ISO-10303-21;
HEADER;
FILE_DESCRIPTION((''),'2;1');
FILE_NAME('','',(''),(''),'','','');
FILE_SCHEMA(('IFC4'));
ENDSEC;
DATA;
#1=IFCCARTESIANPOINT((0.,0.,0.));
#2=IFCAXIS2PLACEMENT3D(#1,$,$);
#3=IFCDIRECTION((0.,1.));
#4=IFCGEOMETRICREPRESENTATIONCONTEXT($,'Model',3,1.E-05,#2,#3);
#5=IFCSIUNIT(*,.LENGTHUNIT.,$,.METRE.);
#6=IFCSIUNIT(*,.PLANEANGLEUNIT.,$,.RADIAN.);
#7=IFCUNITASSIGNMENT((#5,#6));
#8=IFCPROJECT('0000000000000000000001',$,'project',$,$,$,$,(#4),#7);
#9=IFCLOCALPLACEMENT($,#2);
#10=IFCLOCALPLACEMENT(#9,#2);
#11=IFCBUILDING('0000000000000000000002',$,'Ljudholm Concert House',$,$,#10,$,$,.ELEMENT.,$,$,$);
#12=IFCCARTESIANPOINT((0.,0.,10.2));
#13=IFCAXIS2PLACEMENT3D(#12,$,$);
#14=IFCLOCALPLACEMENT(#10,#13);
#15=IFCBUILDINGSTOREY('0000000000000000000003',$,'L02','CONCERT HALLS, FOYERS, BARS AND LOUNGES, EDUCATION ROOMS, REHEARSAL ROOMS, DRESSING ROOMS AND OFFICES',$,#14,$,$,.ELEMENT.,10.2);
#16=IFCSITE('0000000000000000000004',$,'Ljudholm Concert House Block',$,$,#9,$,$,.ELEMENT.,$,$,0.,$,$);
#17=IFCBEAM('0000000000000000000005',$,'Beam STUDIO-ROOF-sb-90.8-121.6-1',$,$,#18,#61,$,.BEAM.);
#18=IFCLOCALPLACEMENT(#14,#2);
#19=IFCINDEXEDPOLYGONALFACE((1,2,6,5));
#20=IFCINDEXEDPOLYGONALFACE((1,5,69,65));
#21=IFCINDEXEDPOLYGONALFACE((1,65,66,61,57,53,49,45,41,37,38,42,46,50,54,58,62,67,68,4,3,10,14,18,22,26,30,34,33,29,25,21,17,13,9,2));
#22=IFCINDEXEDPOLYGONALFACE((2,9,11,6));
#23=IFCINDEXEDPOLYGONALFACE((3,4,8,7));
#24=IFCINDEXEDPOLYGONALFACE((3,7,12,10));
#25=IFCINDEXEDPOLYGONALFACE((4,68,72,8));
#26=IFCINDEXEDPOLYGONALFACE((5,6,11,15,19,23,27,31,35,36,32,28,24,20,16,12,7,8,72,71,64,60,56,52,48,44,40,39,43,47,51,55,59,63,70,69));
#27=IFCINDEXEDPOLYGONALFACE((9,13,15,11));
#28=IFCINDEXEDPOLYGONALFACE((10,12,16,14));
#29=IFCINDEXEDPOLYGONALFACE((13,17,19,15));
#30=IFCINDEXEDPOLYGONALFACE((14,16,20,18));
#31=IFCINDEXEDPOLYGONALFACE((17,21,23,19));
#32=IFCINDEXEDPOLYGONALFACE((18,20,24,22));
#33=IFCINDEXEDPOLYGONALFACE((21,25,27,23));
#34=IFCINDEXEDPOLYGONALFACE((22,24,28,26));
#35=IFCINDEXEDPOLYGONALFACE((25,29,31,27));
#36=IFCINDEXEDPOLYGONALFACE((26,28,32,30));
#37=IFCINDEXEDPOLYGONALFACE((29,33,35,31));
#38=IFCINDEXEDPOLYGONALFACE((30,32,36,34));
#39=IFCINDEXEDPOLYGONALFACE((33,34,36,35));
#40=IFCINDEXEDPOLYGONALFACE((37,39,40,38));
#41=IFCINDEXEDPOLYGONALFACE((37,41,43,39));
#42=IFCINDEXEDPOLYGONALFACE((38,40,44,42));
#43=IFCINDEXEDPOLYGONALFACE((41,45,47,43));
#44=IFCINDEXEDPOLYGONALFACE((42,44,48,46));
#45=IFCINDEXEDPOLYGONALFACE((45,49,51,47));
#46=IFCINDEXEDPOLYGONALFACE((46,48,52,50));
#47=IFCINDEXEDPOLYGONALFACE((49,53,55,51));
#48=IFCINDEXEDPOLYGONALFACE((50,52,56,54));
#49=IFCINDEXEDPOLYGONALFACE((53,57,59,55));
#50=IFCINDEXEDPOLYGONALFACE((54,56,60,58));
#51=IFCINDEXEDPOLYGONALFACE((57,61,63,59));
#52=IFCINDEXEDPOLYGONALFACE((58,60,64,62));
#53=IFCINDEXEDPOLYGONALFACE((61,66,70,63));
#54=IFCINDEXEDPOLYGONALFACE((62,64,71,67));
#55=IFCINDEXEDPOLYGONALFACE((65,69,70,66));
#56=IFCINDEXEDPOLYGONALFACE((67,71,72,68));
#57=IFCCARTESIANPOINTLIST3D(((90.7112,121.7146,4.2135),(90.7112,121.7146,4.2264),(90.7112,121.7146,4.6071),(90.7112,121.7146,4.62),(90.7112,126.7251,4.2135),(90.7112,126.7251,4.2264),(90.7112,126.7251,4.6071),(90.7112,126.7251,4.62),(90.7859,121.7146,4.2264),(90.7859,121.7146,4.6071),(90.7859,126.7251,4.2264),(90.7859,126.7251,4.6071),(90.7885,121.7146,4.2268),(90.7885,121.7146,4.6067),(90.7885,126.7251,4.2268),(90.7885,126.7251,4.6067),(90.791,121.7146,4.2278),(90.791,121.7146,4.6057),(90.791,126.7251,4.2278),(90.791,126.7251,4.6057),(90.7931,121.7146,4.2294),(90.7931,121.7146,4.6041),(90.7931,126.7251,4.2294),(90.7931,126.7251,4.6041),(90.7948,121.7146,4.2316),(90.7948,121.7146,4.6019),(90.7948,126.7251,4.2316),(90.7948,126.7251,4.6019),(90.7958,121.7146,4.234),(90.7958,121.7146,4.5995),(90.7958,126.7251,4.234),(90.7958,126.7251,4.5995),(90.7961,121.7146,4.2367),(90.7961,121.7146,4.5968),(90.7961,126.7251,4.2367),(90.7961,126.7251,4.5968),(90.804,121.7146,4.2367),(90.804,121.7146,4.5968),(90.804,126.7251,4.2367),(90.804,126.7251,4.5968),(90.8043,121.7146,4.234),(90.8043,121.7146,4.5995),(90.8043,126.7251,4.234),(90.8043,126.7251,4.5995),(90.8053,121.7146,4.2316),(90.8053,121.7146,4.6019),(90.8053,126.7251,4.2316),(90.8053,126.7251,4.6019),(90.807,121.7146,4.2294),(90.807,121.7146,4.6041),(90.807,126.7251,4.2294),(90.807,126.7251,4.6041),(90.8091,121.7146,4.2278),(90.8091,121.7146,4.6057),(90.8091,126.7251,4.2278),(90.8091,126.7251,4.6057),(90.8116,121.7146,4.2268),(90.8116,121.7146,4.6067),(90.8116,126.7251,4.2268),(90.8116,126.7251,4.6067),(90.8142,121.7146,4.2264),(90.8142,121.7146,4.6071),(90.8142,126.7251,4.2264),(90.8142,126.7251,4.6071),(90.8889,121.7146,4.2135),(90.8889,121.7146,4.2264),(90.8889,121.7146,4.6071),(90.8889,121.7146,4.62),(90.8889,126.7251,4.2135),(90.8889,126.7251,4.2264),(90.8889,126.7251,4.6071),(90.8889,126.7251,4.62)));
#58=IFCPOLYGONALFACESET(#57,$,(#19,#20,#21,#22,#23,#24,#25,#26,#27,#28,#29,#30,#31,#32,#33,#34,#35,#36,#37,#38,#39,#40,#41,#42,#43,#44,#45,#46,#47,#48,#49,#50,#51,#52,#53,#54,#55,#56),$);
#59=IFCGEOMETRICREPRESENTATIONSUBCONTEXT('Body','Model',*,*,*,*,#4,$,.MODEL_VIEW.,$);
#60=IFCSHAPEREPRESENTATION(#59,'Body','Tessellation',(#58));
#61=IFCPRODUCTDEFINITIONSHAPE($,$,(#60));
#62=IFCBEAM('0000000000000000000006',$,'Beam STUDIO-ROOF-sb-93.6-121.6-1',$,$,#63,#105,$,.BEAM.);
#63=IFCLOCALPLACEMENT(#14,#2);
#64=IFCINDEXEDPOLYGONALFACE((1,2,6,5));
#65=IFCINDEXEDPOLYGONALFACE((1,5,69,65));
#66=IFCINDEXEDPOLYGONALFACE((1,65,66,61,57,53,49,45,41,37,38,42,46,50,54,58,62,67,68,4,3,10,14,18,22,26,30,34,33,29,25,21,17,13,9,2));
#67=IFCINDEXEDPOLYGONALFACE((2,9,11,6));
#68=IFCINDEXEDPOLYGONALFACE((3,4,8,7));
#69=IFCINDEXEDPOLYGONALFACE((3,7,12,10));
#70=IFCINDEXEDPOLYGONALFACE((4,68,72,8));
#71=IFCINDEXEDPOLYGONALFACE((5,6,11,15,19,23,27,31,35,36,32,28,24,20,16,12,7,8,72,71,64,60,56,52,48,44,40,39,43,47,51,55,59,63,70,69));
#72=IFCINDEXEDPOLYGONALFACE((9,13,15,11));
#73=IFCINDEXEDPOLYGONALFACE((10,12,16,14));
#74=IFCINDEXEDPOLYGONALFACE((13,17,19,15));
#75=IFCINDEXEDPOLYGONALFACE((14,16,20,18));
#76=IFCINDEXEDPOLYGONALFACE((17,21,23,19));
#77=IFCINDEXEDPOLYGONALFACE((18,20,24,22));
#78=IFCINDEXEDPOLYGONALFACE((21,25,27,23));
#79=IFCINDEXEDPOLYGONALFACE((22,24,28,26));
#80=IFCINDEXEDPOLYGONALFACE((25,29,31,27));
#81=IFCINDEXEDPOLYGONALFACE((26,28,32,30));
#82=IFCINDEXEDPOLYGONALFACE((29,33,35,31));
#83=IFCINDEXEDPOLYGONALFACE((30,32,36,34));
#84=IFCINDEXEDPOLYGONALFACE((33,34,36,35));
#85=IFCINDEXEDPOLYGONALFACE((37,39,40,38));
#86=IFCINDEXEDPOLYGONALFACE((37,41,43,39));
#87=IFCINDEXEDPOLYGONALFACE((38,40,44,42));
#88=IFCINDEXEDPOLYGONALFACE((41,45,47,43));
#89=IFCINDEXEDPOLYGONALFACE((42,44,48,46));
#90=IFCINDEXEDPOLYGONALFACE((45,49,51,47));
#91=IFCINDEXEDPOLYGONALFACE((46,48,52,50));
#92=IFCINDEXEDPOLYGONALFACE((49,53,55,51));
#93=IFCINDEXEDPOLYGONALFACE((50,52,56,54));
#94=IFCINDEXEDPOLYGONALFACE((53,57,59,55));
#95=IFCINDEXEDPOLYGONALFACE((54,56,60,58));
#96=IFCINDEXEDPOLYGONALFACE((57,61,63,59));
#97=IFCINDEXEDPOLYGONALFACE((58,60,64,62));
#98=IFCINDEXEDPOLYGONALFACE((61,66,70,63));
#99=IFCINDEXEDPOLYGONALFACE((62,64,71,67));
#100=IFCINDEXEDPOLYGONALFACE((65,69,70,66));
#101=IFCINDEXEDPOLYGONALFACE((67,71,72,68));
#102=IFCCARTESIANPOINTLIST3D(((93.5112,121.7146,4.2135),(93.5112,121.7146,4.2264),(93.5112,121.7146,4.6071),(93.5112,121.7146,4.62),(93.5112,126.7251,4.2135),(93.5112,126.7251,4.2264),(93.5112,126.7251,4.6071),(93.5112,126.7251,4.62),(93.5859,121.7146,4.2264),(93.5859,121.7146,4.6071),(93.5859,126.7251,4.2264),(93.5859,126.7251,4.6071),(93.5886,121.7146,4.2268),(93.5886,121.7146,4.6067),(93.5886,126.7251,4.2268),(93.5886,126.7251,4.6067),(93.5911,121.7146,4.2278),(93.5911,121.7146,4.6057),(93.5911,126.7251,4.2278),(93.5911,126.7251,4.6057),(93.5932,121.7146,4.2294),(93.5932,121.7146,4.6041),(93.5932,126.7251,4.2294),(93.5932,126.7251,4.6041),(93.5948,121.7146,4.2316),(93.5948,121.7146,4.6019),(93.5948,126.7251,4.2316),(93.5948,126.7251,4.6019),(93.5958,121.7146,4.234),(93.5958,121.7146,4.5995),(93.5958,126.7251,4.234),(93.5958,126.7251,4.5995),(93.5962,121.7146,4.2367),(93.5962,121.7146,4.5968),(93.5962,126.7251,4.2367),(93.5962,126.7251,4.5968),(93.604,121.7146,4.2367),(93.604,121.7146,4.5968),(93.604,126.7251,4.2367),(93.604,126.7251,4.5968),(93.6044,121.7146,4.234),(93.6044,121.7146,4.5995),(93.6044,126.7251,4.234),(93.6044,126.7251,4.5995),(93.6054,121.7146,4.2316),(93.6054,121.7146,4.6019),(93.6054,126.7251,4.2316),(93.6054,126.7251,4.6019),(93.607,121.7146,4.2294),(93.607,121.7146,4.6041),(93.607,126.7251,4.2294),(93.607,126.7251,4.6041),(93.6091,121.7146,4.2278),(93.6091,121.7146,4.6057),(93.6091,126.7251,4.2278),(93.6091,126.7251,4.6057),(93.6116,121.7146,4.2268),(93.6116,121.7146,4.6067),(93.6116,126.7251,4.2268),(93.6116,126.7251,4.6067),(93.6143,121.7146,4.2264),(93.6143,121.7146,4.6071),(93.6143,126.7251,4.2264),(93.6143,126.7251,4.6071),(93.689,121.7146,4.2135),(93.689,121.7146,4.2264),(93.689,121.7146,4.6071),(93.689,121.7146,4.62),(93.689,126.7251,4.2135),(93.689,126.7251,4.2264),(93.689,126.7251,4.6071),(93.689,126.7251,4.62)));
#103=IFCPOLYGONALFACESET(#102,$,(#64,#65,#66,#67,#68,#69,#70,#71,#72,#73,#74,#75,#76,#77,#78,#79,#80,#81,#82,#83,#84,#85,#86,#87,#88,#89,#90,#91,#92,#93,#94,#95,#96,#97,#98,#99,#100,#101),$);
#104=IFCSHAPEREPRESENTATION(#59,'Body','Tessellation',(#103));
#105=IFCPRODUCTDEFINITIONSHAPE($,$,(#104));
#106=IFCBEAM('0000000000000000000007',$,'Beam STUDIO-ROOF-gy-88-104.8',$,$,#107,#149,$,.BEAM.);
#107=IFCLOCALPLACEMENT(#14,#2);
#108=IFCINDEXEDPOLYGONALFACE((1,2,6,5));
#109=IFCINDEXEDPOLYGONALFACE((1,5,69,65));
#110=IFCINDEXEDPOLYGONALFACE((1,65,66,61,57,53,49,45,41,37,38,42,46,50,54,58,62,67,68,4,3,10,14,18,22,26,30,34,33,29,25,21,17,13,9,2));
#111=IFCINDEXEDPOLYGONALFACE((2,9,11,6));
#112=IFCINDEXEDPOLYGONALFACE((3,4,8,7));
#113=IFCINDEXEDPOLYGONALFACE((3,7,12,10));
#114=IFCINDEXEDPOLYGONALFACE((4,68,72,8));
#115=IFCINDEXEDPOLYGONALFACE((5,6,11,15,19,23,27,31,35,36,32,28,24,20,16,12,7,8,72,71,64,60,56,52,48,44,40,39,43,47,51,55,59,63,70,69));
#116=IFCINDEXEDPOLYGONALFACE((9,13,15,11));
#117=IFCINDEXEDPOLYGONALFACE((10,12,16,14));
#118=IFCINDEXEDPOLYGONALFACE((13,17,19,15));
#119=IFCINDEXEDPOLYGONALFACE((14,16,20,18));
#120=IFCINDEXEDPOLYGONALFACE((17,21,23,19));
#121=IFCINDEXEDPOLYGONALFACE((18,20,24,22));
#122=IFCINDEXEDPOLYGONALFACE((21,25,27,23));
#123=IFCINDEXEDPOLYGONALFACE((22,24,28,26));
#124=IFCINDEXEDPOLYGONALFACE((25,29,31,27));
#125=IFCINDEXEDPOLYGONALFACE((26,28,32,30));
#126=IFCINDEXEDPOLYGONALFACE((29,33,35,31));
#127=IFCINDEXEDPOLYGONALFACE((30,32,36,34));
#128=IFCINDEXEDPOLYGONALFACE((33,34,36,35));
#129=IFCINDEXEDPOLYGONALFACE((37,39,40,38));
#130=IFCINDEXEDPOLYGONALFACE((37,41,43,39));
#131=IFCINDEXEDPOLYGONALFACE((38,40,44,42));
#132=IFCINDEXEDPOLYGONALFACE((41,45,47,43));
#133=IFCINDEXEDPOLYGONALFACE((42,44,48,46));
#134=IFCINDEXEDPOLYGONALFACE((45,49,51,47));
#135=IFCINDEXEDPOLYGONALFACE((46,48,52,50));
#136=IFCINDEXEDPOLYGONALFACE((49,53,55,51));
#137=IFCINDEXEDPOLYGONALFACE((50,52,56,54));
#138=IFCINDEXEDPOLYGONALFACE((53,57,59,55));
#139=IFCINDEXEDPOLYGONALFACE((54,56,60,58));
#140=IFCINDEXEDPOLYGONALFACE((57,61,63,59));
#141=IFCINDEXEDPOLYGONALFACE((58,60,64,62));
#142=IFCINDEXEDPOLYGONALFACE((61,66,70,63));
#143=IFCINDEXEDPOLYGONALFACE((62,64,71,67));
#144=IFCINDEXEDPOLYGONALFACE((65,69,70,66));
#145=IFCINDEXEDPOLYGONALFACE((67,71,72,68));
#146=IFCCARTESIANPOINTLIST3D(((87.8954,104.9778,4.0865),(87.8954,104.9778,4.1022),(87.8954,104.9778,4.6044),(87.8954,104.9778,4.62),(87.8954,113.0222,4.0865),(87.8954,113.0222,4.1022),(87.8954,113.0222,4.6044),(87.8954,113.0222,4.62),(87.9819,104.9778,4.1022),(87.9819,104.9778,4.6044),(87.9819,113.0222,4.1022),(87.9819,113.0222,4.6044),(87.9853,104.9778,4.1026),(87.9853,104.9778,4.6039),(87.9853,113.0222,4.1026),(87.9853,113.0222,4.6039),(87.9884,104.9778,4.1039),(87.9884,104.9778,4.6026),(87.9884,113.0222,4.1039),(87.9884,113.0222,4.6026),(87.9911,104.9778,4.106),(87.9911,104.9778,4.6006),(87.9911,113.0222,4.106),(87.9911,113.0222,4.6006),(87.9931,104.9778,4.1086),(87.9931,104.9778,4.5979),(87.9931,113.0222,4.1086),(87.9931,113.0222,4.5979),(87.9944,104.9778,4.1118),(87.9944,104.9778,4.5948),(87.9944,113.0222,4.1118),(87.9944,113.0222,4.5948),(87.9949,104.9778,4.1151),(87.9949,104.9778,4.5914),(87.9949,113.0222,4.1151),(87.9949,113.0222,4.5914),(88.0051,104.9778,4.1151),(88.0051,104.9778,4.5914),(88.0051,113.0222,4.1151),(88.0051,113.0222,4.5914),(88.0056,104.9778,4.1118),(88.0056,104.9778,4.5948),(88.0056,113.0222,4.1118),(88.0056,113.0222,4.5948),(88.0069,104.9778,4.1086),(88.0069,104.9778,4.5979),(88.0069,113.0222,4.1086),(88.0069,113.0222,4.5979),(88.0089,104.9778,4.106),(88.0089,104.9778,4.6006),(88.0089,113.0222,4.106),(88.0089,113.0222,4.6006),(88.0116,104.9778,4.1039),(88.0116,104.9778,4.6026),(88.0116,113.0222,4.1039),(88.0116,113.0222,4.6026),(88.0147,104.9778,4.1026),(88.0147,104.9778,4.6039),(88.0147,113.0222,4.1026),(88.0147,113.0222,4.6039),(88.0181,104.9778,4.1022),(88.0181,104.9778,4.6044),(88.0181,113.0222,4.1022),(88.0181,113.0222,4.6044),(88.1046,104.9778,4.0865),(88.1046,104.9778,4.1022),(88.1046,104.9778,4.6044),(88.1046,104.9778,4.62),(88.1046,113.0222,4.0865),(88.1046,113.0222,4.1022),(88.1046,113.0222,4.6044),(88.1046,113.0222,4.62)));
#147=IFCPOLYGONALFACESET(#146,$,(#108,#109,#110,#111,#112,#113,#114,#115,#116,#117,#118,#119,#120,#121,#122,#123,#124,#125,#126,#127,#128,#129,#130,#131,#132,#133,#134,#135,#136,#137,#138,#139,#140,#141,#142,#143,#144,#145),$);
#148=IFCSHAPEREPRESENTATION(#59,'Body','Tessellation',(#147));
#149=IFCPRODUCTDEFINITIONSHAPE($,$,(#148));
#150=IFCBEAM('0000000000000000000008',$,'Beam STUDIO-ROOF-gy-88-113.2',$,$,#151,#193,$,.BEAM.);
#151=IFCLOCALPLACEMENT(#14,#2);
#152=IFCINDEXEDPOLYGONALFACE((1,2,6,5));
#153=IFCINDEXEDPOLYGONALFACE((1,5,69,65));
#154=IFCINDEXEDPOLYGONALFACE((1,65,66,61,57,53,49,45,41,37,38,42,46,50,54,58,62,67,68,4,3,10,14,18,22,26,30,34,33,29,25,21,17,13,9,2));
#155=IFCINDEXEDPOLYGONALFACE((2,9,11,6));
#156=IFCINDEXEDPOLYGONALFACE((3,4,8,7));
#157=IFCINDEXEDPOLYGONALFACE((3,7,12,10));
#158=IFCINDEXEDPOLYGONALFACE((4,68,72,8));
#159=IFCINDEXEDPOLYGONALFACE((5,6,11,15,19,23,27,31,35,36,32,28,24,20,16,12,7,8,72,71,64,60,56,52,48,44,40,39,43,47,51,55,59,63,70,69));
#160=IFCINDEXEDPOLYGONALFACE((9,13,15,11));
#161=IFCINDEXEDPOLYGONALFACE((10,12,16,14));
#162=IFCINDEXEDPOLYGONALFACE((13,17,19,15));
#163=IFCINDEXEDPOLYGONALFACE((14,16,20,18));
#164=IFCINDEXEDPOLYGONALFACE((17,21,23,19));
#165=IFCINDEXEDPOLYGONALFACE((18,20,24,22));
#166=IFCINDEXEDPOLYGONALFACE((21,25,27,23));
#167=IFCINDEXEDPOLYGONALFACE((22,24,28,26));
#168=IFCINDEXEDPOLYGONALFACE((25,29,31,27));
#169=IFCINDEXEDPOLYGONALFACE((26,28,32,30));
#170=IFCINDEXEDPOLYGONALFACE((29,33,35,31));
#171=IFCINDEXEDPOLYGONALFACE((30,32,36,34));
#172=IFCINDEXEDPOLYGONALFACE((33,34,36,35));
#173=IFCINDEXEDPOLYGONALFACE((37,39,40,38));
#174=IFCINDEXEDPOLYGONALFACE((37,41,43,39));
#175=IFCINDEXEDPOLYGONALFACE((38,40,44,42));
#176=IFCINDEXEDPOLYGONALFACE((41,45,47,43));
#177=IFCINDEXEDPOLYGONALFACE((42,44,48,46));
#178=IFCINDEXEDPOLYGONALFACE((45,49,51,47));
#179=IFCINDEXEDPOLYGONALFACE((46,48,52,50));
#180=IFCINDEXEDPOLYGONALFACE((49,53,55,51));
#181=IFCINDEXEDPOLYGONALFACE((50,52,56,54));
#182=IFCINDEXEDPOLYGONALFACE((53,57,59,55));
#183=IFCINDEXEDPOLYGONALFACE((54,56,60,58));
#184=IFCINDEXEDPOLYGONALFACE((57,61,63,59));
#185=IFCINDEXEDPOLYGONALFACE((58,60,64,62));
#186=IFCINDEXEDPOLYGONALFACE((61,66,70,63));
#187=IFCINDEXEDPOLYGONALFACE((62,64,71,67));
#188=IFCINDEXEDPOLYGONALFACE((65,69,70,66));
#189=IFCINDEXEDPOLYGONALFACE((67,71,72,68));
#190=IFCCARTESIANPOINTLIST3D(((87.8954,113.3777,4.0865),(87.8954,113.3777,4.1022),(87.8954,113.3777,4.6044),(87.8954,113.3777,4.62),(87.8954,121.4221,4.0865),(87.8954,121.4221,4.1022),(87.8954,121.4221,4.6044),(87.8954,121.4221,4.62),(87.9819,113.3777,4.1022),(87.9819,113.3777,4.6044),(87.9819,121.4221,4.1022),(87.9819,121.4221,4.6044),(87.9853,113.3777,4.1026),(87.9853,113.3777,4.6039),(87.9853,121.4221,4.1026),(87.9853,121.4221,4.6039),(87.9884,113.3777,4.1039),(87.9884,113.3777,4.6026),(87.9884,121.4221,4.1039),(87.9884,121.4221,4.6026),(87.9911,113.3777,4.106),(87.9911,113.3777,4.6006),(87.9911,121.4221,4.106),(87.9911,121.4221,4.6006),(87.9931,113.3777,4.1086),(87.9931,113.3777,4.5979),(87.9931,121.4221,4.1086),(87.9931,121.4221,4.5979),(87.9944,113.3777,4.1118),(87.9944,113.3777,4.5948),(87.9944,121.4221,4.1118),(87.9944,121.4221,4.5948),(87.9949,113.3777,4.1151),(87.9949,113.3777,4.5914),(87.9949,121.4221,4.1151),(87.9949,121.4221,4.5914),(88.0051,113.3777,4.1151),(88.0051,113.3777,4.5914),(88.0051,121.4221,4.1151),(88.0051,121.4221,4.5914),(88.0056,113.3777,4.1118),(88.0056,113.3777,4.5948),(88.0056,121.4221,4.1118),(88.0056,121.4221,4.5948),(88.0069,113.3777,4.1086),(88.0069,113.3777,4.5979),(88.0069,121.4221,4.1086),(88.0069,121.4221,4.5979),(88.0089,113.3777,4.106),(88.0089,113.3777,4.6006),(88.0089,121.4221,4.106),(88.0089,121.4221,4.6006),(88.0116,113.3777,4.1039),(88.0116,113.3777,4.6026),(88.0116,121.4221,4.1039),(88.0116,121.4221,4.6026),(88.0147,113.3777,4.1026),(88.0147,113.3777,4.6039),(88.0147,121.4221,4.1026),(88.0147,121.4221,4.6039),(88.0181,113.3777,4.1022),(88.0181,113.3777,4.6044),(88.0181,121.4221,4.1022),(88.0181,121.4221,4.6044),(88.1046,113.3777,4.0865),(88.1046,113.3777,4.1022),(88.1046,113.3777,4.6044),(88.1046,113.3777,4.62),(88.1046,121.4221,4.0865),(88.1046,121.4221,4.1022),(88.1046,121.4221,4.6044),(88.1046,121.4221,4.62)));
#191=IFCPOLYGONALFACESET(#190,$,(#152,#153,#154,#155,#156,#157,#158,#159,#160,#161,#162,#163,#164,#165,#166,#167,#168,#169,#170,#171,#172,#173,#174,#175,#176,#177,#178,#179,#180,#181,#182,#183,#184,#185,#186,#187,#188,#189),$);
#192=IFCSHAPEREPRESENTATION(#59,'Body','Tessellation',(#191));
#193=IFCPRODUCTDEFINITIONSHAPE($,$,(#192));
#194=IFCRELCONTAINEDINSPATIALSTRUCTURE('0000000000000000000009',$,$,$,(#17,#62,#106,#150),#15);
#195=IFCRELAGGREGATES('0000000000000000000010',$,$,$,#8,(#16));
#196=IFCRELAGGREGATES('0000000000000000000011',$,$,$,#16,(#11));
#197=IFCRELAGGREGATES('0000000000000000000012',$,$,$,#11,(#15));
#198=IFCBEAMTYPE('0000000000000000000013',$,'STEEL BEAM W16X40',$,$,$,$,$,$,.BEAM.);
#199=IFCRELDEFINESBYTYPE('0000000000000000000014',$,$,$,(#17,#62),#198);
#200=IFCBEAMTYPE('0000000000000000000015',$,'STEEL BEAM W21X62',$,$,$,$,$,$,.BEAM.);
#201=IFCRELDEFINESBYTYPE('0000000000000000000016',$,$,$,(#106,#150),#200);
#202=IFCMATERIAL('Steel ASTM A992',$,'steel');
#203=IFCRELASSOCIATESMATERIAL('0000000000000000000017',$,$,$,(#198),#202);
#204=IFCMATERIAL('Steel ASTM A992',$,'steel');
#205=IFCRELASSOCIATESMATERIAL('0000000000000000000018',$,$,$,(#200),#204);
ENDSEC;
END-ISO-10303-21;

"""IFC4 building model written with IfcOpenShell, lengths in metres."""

from ifc_helpers import new_model, si_unit, direction, frame, origin, origin_2d, place, context, subcontext, project, spatial, i_section, extrude, material, material_profile, profile_set, type_object, element, save


model = new_model("IFC4")

# Units and contexts
model_context = context("Model", 3, precision=1e-05, world=origin(), true_north=direction((0.0, 1.0)))
body_context = subcontext(model_context, "Body", "Model", "MODEL_VIEW")
ifc_project = project(units=[si_unit("LENGTHUNIT", "METRE"), si_unit("PLANEANGLEUNIT", "RADIAN")], contexts=[model_context])

# Site, building, storey
site_placement = place(None, origin())
site = spatial("IfcSite", under=ifc_project, at=site_placement, Name="Ljudholm Concert House Block", CompositionType="ELEMENT", RefElevation=0.0)
building_placement = place(site_placement, origin())
building = spatial("IfcBuilding", under=site, at=building_placement, Name="Ljudholm Concert House", CompositionType="ELEMENT")
storey_placement = place(building_placement, frame((0.0, 0.0, 10.2)))
storey = spatial("IfcBuildingStorey", under=building, at=storey_placement, Name="L02", Description="CONCERT HALLS, FOYERS, BARS AND LOUNGES, EDUCATION ROOMS, REHEARSAL ROOMS, DRESSING ROOMS AND OFFICES", CompositionType="ELEMENT", Elevation=10.2)

# Beams
ifc_material_1 = material(Name="Steel ASTM A992", Category="steel")
ifc_material_profile_1 = material_profile(ifc_material_1, i_section(OverallWidth=0.1777, OverallDepth=0.4065, WebThickness=0.0078, FlangeThickness=0.0129, FilletRadius=0.0103, at=origin_2d()), Name="W16X40")
ifc_profile_set_1 = profile_set([ifc_material_profile_1], Name="Steel ASTM A992")
beam_type_1 = type_object("IfcBeamType", Name="STEEL BEAM W16X40", PredefinedType="BEAM", material=ifc_profile_set_1)
for number, where, z_axis, x_axis, name in (
    (1, (90.8, 121.7146, 4.4167), (0.0, 1.0, 0.0), (-1.0, 0.0, 0.0), "Beam STUDIO-ROOF-sb-90.8-121.6-1"),
    (2, (93.6001, 121.7146, 4.4167), (0.0, 1.0, 0.0), (-1.0, 0.0, 0.0), "Beam STUDIO-ROOF-sb-93.6-121.6-1"),
):
    element("IfcBeam", number, at=place(storey_placement, frame(where, z_axis=z_axis, x_axis=x_axis)), inside=storey, type_object=beam_type_1, Name=name, PredefinedType="BEAM", context=body_context, shape_type="SweptSolid", body=[
        extrude(i_section(OverallWidth=0.1777, OverallDepth=0.4065, WebThickness=0.0078, FlangeThickness=0.0129, FilletRadius=0.0103, at=origin_2d()), origin(), (0.0, 0.0, 1.0), 5.0105),
    ])
ifc_material_2 = material(Name="Steel ASTM A992", Category="steel")
ifc_material_profile_2 = material_profile(ifc_material_2, i_section(OverallWidth=0.2092, OverallDepth=0.5334, WebThickness=0.0103, FlangeThickness=0.0156, FilletRadius=0.0129, at=origin_2d()), Name="W21X62")
ifc_profile_set_2 = profile_set([ifc_material_profile_2], Name="Steel ASTM A992")
beam_type_2 = type_object("IfcBeamType", Name="STEEL BEAM W21X62", PredefinedType="BEAM", material=ifc_profile_set_2)
for number, where, z_axis, x_axis, name in (
    (3, (88.0, 104.9778, 4.3533), (0.0, 1.0, 0.0), (-1.0, 0.0, 0.0), "Beam STUDIO-ROOF-gy-88-104.8"),
    (4, (88.0, 113.3777, 4.3533), (0.0, 1.0, 0.0), (-1.0, 0.0, 0.0), "Beam STUDIO-ROOF-gy-88-113.2"),
):
    element("IfcBeam", number, at=place(storey_placement, frame(where, z_axis=z_axis, x_axis=x_axis)), inside=storey, type_object=beam_type_2, Name=name, PredefinedType="BEAM", context=body_context, shape_type="SweptSolid", body=[
        extrude(i_section(OverallWidth=0.2092, OverallDepth=0.5334, WebThickness=0.0103, FlangeThickness=0.0156, FilletRadius=0.0129, at=origin_2d()), origin(), (0.0, 0.0, 1.0), 8.0444),
    ])

save(model, "model.ifc")
